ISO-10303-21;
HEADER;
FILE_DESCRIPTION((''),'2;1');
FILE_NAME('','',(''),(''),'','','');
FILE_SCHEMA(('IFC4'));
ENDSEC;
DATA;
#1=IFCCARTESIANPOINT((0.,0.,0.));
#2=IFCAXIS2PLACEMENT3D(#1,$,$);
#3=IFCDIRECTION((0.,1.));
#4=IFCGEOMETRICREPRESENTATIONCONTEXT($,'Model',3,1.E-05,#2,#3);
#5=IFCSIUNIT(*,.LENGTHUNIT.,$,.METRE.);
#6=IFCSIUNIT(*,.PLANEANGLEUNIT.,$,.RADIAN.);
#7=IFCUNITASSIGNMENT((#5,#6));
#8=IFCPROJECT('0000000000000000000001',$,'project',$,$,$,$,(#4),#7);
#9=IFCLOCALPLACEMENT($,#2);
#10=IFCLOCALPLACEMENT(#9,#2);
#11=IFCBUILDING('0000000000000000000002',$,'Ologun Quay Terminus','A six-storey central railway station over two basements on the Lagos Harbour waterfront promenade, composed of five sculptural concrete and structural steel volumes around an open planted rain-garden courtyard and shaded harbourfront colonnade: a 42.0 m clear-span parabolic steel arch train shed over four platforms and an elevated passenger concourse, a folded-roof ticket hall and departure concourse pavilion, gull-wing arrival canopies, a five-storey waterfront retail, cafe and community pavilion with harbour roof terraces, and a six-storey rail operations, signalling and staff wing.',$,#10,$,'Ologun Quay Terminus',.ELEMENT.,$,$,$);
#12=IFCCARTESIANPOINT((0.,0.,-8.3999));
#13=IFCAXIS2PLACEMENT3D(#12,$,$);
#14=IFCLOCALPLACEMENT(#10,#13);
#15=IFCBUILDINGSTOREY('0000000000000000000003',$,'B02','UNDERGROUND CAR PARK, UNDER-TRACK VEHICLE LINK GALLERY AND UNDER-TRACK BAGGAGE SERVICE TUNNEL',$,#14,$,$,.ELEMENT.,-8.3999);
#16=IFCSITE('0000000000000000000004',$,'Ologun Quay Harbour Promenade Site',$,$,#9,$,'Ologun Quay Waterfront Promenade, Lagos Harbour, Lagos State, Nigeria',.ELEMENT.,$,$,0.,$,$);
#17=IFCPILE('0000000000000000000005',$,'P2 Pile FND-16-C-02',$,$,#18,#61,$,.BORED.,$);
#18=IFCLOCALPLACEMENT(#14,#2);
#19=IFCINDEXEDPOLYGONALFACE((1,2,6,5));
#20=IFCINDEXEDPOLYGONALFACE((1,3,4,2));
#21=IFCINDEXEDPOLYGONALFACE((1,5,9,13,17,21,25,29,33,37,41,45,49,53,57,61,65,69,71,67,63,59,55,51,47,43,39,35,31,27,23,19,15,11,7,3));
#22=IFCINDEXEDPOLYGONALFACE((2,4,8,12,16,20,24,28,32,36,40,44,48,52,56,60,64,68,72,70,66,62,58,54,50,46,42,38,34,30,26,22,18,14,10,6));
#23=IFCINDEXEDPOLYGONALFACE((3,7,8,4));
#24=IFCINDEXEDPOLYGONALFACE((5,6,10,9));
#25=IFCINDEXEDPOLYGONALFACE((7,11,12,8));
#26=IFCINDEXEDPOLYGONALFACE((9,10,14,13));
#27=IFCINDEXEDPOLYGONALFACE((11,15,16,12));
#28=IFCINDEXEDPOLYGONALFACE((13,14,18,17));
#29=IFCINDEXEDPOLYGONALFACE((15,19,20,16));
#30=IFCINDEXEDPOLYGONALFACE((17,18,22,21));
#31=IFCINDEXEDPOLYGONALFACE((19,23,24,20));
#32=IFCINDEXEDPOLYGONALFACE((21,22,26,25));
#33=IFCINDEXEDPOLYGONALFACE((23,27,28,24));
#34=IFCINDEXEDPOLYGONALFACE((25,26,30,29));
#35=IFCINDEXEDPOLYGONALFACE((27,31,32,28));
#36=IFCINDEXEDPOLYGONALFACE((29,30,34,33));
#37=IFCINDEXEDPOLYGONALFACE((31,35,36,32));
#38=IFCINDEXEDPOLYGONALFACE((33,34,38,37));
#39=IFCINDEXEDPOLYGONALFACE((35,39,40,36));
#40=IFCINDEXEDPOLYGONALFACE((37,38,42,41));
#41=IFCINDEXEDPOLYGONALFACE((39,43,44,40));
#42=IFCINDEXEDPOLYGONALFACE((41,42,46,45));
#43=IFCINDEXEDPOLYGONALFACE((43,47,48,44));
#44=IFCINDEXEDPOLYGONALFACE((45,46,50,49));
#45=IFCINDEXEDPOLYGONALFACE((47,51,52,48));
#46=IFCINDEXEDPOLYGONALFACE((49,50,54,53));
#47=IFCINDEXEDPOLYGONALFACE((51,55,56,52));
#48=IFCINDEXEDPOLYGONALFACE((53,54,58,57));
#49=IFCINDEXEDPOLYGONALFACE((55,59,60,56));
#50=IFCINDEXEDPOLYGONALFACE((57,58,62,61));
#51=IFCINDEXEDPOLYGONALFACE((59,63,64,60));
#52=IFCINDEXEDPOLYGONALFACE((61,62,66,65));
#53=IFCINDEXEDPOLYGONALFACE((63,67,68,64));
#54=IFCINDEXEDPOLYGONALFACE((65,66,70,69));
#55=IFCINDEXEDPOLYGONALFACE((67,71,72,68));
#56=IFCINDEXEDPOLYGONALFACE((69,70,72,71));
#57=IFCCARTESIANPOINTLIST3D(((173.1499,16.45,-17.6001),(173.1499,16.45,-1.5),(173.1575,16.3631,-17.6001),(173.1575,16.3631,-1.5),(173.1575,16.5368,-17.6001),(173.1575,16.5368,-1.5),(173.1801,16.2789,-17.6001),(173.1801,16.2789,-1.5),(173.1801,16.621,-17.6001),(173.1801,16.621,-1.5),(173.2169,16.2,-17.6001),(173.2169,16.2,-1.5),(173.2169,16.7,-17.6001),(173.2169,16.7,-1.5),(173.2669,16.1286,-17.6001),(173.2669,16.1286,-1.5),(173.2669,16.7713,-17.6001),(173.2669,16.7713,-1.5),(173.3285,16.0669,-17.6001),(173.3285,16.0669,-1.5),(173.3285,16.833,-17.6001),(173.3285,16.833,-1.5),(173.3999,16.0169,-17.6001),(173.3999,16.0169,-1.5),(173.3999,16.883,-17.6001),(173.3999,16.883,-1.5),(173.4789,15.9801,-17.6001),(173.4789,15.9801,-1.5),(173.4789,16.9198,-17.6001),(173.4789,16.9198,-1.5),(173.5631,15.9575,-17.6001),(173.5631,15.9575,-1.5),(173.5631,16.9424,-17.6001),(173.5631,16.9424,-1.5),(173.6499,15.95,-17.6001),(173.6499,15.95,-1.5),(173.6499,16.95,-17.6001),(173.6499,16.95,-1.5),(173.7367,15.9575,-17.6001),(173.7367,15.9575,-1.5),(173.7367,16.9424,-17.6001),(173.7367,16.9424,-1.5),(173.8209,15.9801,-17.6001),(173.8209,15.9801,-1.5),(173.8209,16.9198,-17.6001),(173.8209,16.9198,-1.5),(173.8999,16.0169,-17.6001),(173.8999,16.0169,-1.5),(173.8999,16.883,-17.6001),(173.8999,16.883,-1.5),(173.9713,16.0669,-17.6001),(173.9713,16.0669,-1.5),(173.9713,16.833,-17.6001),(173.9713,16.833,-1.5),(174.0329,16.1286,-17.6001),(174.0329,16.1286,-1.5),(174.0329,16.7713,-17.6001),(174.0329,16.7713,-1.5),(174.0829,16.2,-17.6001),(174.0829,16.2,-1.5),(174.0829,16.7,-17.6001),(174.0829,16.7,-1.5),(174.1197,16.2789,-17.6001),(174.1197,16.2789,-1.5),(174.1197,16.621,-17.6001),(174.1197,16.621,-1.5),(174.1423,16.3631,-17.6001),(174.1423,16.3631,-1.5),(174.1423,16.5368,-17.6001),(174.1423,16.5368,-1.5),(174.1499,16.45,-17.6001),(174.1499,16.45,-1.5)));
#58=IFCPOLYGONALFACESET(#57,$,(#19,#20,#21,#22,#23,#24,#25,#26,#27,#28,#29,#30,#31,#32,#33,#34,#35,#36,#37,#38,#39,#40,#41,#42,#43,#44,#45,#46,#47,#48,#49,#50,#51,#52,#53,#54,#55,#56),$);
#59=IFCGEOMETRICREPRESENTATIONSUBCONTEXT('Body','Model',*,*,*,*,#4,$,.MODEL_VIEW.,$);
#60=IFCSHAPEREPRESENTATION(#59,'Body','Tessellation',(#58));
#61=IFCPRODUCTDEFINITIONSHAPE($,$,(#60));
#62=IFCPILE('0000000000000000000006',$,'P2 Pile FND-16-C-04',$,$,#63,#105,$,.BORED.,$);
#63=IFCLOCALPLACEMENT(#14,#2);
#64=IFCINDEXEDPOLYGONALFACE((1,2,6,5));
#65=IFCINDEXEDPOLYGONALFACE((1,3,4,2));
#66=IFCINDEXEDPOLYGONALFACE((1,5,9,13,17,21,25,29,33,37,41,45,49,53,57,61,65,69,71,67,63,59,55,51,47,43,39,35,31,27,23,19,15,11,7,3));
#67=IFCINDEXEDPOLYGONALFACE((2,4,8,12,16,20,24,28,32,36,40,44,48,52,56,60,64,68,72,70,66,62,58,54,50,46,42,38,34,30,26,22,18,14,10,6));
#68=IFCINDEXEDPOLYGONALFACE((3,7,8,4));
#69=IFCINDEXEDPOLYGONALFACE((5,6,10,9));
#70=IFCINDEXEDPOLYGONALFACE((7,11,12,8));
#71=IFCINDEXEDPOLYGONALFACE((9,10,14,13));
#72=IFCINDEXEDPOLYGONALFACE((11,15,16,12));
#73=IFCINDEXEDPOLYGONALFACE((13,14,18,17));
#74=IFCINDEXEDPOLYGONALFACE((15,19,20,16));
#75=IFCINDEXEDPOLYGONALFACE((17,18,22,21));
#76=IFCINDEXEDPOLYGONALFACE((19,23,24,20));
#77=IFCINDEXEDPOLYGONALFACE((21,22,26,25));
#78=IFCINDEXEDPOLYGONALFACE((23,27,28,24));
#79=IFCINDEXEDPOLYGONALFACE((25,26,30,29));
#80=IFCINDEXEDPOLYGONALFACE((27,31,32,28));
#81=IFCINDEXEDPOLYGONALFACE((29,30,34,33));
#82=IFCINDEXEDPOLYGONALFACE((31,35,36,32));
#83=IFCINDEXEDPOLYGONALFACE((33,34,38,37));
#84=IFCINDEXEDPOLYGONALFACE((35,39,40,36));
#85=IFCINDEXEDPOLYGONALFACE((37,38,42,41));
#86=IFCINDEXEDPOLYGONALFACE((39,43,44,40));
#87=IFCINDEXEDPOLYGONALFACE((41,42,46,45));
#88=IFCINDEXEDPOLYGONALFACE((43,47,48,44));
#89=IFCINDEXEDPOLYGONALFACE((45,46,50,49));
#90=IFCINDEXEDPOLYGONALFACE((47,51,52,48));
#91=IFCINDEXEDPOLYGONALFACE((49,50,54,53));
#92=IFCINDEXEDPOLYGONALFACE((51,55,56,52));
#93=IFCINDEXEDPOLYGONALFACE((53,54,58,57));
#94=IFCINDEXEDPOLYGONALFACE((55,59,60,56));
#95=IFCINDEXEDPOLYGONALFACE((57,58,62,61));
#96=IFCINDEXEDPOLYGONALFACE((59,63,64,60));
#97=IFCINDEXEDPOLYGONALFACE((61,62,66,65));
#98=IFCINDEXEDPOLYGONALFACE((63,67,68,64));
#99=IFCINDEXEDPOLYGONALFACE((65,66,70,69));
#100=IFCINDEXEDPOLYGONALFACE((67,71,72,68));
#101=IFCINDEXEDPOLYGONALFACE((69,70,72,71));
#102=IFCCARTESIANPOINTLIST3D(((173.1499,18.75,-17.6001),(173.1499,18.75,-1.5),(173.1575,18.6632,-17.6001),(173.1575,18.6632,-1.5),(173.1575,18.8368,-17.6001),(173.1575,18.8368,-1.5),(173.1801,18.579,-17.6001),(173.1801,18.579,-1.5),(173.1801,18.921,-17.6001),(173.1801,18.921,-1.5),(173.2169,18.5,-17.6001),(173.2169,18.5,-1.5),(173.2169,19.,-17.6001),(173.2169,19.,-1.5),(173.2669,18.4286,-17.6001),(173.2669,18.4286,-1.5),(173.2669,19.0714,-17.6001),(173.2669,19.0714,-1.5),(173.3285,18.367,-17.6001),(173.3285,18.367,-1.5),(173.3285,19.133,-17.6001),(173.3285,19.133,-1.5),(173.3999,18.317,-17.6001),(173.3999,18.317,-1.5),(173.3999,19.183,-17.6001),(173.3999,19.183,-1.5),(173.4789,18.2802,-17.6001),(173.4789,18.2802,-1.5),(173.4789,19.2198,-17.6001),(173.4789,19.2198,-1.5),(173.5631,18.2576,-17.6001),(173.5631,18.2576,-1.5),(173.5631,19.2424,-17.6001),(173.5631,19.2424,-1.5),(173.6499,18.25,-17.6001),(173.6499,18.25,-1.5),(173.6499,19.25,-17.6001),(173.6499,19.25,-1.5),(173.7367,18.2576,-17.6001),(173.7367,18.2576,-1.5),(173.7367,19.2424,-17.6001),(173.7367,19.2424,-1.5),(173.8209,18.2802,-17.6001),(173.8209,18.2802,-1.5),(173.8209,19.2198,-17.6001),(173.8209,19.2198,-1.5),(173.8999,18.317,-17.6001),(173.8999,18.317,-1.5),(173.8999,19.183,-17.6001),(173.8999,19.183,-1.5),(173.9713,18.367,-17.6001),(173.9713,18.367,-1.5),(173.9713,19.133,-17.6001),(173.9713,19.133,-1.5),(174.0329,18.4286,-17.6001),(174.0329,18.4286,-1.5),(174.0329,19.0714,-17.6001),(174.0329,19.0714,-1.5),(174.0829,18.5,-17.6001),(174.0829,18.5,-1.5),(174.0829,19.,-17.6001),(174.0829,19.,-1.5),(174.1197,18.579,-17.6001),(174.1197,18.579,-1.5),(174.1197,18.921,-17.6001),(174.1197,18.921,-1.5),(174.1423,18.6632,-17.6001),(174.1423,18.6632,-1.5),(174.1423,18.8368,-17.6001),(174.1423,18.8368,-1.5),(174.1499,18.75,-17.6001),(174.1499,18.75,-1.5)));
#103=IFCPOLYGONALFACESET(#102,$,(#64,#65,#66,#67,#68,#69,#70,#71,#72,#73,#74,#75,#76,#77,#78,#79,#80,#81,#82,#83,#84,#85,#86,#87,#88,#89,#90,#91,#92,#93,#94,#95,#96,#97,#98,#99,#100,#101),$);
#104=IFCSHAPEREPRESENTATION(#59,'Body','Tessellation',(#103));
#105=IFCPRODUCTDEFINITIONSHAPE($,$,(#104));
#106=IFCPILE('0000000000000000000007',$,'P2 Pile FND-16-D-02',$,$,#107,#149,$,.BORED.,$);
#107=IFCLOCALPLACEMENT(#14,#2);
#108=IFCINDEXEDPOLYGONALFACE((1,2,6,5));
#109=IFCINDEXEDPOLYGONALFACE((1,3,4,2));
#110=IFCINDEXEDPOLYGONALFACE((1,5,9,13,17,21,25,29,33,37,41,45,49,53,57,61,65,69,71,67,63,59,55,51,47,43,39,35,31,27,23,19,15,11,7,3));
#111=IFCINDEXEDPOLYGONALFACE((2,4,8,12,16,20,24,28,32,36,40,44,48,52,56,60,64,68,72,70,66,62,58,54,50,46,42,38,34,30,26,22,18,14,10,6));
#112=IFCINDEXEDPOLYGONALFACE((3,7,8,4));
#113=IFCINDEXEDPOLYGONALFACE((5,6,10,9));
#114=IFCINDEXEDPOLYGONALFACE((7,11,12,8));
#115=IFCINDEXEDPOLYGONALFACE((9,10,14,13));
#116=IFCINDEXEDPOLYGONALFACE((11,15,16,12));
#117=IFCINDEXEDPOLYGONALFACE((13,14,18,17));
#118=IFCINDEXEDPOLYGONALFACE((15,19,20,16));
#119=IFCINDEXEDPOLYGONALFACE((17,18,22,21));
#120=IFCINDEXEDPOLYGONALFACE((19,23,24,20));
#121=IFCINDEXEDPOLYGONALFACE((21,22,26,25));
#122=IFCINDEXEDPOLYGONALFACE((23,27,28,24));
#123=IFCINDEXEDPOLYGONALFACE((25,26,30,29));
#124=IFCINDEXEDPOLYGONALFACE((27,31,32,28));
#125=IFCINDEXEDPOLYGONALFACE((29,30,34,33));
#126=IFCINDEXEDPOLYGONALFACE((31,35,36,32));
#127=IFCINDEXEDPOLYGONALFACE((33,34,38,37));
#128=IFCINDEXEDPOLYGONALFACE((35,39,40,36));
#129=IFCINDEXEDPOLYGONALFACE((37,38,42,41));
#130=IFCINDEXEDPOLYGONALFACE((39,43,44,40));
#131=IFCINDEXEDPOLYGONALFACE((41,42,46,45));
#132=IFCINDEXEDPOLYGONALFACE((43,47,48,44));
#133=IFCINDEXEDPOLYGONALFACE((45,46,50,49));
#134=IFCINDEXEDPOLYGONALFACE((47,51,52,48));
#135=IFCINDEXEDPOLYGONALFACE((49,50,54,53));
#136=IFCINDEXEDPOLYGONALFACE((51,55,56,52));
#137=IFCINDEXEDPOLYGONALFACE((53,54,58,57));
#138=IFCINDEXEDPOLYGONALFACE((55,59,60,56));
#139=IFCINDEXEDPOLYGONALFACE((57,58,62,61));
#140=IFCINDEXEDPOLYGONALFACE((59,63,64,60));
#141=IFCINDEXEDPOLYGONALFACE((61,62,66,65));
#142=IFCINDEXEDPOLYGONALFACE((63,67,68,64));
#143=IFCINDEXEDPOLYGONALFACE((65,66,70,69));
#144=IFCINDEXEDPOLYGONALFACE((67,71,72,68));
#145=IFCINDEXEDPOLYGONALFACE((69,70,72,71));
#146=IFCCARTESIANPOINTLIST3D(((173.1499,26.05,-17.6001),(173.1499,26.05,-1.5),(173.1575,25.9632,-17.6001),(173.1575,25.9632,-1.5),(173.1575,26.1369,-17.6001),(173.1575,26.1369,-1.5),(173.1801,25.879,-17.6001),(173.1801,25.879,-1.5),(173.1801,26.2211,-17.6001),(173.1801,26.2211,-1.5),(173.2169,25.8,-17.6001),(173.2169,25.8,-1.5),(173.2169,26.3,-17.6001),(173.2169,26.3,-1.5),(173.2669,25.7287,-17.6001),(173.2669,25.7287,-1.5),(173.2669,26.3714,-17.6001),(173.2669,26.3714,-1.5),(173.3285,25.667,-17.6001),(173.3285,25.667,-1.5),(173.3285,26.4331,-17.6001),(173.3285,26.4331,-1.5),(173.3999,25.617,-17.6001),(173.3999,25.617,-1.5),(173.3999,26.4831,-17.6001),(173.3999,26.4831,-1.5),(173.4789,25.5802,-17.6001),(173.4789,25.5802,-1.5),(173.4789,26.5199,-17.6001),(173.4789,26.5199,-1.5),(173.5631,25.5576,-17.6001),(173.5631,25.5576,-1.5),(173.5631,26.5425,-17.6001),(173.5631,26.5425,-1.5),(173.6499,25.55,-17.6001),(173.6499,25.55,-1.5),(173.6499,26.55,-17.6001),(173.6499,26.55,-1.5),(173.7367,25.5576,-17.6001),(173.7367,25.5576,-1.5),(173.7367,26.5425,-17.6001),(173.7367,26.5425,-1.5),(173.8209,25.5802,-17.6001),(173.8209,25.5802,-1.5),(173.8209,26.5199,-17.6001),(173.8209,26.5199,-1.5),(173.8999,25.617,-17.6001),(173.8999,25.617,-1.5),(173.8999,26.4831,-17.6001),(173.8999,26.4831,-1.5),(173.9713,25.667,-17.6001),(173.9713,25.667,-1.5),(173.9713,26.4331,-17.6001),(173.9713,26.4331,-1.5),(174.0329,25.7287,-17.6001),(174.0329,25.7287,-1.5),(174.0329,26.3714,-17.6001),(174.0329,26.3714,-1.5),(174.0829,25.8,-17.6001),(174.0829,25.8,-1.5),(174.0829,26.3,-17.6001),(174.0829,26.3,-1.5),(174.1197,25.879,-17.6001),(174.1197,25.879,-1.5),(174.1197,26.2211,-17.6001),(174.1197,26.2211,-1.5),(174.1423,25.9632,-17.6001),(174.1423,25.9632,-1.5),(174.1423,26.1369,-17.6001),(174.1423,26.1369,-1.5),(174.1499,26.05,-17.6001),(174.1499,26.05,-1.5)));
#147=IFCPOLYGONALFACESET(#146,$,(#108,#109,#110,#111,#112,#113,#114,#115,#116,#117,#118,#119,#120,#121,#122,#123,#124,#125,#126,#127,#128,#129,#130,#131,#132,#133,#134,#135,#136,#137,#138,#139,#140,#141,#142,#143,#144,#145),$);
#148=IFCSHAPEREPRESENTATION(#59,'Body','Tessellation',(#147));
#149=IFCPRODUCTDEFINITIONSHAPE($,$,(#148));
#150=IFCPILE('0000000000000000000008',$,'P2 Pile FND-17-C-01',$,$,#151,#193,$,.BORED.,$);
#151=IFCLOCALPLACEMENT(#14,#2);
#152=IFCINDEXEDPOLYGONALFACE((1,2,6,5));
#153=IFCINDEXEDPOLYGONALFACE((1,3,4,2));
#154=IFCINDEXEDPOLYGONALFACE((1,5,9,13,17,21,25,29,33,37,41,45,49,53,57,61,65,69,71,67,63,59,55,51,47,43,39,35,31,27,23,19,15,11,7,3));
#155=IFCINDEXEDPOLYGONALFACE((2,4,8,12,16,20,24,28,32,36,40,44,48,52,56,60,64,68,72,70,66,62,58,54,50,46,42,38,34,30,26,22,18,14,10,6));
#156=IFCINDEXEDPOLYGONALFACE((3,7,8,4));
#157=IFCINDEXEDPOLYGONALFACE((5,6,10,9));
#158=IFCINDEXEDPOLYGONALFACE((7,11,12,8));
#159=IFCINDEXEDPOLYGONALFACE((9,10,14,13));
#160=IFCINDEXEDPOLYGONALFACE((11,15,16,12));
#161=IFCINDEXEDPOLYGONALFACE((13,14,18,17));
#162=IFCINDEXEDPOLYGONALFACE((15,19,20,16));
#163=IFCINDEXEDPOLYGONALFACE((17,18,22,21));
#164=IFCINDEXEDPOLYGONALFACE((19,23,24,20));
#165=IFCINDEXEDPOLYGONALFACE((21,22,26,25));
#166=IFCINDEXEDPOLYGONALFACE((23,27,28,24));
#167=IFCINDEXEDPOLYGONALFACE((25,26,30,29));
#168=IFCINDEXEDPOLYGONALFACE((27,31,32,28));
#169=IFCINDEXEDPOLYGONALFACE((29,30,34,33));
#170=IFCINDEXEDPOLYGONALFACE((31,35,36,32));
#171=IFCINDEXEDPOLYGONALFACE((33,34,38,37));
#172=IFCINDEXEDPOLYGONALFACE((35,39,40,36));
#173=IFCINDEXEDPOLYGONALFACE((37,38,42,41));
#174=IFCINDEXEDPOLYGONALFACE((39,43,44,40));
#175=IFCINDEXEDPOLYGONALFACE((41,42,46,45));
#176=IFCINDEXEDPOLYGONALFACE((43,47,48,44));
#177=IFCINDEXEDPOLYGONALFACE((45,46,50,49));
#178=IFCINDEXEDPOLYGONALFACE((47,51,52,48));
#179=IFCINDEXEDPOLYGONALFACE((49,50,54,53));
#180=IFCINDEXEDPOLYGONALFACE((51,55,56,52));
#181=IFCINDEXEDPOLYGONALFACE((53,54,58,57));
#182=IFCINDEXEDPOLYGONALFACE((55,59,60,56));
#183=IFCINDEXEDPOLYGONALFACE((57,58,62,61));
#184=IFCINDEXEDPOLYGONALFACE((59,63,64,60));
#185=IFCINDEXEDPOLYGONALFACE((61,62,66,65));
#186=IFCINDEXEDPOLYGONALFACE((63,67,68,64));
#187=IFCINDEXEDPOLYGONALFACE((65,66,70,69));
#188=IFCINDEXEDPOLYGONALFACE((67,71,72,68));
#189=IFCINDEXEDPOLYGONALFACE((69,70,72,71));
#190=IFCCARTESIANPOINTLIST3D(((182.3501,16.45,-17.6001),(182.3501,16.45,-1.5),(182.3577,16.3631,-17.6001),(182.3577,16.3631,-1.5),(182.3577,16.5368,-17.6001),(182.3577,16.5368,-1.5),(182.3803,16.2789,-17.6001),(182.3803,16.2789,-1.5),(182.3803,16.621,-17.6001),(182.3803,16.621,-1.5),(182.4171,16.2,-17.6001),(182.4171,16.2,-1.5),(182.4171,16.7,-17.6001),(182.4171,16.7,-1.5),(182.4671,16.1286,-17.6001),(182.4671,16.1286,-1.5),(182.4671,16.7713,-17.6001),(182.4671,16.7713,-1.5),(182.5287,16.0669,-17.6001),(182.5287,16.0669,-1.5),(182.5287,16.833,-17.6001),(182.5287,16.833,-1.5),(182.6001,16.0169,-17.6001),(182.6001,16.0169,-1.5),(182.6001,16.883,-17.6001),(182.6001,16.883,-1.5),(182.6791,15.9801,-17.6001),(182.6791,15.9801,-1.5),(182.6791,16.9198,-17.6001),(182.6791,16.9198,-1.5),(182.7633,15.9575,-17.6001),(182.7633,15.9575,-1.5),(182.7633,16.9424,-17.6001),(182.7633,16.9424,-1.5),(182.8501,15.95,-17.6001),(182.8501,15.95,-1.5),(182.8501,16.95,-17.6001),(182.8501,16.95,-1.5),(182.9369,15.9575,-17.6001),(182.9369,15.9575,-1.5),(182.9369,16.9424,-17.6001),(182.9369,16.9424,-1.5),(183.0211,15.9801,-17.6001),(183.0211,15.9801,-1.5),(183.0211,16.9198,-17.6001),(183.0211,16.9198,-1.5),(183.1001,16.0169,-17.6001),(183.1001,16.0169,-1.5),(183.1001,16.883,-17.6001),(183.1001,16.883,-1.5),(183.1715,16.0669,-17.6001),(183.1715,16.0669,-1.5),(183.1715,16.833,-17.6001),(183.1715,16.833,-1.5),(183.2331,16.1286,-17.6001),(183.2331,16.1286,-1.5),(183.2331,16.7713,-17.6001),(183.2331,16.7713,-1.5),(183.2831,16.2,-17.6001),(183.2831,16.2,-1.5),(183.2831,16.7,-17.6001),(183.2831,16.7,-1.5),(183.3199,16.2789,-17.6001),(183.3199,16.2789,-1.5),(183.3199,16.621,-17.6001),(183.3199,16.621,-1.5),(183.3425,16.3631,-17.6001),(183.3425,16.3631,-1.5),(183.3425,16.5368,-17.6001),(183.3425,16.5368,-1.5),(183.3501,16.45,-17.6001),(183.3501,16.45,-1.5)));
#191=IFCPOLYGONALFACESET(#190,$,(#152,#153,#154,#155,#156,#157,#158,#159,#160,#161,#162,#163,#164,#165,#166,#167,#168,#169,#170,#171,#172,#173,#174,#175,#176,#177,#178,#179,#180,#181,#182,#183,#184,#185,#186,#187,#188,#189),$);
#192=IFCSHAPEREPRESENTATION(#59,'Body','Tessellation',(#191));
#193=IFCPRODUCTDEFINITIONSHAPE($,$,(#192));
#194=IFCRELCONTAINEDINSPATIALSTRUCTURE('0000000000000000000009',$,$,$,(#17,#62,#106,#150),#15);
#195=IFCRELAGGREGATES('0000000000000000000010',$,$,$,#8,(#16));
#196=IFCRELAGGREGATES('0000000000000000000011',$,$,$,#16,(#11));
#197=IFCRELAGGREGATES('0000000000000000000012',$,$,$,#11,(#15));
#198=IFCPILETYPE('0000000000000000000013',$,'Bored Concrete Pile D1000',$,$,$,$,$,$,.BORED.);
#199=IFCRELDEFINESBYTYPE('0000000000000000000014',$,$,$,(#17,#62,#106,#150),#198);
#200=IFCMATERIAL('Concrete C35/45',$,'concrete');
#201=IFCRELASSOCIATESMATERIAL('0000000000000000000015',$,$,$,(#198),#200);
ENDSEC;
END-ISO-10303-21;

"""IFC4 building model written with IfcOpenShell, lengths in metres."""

from ifc_helpers import new_model, si_unit, direction, frame, origin, origin_2d, place, context, subcontext, project, spatial, circle, extrude, material, material_profile, profile_set, type_object, element, save


model = new_model("IFC4")

# Units and contexts
model_context = context("Model", 3, precision=1e-05, world=origin(), true_north=direction((0.0, 1.0)))
body_context = subcontext(model_context, "Body", "Model", "MODEL_VIEW")
ifc_project = project(units=[si_unit("LENGTHUNIT", "METRE"), si_unit("PLANEANGLEUNIT", "RADIAN")], contexts=[model_context])

# Site, building, storey
site_placement = place(None, origin())
site = spatial("IfcSite", under=ifc_project, at=site_placement, Name="Ologun Quay Harbour Promenade Site", LongName="Ologun Quay Waterfront Promenade, Lagos Harbour, Lagos State, Nigeria", CompositionType="ELEMENT", RefElevation=0.0)
building_placement = place(site_placement, origin())
building = spatial("IfcBuilding", under=site, at=building_placement, Name="Ologun Quay Terminus", Description="A six-storey central railway station over two basements on the Lagos Harbour waterfront promenade, composed of five sculptural concrete and structural steel volumes around an open planted rain-garden courtyard and shaded harbourfront colonnade: a 42.0 m clear-span parabolic steel arch train shed over four platforms and an elevated passenger concourse, a folded-roof ticket hall and departure concourse pavilion, gull-wing arrival canopies, a five-storey waterfront retail, cafe and community pavilion with harbour roof terraces, and a six-storey rail operations, signalling and staff wing.", LongName="Ologun Quay Terminus", CompositionType="ELEMENT")
storey_placement = place(building_placement, frame((0.0, 0.0, -8.3999)))
storey = spatial("IfcBuildingStorey", under=building, at=storey_placement, Name="B02", Description="UNDERGROUND CAR PARK, UNDER-TRACK VEHICLE LINK GALLERY AND UNDER-TRACK BAGGAGE SERVICE TUNNEL", CompositionType="ELEMENT", Elevation=-8.3999)

# Piles
ifc_material_1 = material(Name="Concrete C35/45", Category="concrete")
ifc_material_profile_1 = material_profile(ifc_material_1, circle(Radius=0.5, at=origin_2d()), Name="PILE D1000")
ifc_profile_set_1 = profile_set([ifc_material_profile_1], Name="Concrete C35/45")
pile_type_1 = type_object("IfcPileType", Name="Bored Concrete Pile D1000", PredefinedType="BORED", material=ifc_profile_set_1)
for number, where, z_axis, x_axis, name in (
    (1, (173.6499, 16.45, -1.5), (0.0, 0.0, -1.0), (1.0, 0.0, 0.0), "P2 Pile FND-16-C-02"),
    (2, (173.6499, 18.75, -1.5), (0.0, 0.0, -1.0), (1.0, 0.0, 0.0), "P2 Pile FND-16-C-04"),
    (3, (173.6499, 26.05, -1.5), (0.0, 0.0, -1.0), (1.0, 0.0, 0.0), "P2 Pile FND-16-D-02"),
    (4, (182.8501, 16.45, -1.5), (0.0, 0.0, -1.0), (1.0, 0.0, 0.0), "P2 Pile FND-17-C-01"),
):
    element("IfcPile", number, at=place(storey_placement, frame(where, z_axis=z_axis, x_axis=x_axis)), inside=storey, type_object=pile_type_1, Name=name, PredefinedType="BORED", context=body_context, shape_type="SweptSolid", body=[
        extrude(circle(Radius=0.5, at=origin_2d()), origin(), (0.0, 0.0, 1.0), 16.1001),
    ])

save(model, "model.ifc")
